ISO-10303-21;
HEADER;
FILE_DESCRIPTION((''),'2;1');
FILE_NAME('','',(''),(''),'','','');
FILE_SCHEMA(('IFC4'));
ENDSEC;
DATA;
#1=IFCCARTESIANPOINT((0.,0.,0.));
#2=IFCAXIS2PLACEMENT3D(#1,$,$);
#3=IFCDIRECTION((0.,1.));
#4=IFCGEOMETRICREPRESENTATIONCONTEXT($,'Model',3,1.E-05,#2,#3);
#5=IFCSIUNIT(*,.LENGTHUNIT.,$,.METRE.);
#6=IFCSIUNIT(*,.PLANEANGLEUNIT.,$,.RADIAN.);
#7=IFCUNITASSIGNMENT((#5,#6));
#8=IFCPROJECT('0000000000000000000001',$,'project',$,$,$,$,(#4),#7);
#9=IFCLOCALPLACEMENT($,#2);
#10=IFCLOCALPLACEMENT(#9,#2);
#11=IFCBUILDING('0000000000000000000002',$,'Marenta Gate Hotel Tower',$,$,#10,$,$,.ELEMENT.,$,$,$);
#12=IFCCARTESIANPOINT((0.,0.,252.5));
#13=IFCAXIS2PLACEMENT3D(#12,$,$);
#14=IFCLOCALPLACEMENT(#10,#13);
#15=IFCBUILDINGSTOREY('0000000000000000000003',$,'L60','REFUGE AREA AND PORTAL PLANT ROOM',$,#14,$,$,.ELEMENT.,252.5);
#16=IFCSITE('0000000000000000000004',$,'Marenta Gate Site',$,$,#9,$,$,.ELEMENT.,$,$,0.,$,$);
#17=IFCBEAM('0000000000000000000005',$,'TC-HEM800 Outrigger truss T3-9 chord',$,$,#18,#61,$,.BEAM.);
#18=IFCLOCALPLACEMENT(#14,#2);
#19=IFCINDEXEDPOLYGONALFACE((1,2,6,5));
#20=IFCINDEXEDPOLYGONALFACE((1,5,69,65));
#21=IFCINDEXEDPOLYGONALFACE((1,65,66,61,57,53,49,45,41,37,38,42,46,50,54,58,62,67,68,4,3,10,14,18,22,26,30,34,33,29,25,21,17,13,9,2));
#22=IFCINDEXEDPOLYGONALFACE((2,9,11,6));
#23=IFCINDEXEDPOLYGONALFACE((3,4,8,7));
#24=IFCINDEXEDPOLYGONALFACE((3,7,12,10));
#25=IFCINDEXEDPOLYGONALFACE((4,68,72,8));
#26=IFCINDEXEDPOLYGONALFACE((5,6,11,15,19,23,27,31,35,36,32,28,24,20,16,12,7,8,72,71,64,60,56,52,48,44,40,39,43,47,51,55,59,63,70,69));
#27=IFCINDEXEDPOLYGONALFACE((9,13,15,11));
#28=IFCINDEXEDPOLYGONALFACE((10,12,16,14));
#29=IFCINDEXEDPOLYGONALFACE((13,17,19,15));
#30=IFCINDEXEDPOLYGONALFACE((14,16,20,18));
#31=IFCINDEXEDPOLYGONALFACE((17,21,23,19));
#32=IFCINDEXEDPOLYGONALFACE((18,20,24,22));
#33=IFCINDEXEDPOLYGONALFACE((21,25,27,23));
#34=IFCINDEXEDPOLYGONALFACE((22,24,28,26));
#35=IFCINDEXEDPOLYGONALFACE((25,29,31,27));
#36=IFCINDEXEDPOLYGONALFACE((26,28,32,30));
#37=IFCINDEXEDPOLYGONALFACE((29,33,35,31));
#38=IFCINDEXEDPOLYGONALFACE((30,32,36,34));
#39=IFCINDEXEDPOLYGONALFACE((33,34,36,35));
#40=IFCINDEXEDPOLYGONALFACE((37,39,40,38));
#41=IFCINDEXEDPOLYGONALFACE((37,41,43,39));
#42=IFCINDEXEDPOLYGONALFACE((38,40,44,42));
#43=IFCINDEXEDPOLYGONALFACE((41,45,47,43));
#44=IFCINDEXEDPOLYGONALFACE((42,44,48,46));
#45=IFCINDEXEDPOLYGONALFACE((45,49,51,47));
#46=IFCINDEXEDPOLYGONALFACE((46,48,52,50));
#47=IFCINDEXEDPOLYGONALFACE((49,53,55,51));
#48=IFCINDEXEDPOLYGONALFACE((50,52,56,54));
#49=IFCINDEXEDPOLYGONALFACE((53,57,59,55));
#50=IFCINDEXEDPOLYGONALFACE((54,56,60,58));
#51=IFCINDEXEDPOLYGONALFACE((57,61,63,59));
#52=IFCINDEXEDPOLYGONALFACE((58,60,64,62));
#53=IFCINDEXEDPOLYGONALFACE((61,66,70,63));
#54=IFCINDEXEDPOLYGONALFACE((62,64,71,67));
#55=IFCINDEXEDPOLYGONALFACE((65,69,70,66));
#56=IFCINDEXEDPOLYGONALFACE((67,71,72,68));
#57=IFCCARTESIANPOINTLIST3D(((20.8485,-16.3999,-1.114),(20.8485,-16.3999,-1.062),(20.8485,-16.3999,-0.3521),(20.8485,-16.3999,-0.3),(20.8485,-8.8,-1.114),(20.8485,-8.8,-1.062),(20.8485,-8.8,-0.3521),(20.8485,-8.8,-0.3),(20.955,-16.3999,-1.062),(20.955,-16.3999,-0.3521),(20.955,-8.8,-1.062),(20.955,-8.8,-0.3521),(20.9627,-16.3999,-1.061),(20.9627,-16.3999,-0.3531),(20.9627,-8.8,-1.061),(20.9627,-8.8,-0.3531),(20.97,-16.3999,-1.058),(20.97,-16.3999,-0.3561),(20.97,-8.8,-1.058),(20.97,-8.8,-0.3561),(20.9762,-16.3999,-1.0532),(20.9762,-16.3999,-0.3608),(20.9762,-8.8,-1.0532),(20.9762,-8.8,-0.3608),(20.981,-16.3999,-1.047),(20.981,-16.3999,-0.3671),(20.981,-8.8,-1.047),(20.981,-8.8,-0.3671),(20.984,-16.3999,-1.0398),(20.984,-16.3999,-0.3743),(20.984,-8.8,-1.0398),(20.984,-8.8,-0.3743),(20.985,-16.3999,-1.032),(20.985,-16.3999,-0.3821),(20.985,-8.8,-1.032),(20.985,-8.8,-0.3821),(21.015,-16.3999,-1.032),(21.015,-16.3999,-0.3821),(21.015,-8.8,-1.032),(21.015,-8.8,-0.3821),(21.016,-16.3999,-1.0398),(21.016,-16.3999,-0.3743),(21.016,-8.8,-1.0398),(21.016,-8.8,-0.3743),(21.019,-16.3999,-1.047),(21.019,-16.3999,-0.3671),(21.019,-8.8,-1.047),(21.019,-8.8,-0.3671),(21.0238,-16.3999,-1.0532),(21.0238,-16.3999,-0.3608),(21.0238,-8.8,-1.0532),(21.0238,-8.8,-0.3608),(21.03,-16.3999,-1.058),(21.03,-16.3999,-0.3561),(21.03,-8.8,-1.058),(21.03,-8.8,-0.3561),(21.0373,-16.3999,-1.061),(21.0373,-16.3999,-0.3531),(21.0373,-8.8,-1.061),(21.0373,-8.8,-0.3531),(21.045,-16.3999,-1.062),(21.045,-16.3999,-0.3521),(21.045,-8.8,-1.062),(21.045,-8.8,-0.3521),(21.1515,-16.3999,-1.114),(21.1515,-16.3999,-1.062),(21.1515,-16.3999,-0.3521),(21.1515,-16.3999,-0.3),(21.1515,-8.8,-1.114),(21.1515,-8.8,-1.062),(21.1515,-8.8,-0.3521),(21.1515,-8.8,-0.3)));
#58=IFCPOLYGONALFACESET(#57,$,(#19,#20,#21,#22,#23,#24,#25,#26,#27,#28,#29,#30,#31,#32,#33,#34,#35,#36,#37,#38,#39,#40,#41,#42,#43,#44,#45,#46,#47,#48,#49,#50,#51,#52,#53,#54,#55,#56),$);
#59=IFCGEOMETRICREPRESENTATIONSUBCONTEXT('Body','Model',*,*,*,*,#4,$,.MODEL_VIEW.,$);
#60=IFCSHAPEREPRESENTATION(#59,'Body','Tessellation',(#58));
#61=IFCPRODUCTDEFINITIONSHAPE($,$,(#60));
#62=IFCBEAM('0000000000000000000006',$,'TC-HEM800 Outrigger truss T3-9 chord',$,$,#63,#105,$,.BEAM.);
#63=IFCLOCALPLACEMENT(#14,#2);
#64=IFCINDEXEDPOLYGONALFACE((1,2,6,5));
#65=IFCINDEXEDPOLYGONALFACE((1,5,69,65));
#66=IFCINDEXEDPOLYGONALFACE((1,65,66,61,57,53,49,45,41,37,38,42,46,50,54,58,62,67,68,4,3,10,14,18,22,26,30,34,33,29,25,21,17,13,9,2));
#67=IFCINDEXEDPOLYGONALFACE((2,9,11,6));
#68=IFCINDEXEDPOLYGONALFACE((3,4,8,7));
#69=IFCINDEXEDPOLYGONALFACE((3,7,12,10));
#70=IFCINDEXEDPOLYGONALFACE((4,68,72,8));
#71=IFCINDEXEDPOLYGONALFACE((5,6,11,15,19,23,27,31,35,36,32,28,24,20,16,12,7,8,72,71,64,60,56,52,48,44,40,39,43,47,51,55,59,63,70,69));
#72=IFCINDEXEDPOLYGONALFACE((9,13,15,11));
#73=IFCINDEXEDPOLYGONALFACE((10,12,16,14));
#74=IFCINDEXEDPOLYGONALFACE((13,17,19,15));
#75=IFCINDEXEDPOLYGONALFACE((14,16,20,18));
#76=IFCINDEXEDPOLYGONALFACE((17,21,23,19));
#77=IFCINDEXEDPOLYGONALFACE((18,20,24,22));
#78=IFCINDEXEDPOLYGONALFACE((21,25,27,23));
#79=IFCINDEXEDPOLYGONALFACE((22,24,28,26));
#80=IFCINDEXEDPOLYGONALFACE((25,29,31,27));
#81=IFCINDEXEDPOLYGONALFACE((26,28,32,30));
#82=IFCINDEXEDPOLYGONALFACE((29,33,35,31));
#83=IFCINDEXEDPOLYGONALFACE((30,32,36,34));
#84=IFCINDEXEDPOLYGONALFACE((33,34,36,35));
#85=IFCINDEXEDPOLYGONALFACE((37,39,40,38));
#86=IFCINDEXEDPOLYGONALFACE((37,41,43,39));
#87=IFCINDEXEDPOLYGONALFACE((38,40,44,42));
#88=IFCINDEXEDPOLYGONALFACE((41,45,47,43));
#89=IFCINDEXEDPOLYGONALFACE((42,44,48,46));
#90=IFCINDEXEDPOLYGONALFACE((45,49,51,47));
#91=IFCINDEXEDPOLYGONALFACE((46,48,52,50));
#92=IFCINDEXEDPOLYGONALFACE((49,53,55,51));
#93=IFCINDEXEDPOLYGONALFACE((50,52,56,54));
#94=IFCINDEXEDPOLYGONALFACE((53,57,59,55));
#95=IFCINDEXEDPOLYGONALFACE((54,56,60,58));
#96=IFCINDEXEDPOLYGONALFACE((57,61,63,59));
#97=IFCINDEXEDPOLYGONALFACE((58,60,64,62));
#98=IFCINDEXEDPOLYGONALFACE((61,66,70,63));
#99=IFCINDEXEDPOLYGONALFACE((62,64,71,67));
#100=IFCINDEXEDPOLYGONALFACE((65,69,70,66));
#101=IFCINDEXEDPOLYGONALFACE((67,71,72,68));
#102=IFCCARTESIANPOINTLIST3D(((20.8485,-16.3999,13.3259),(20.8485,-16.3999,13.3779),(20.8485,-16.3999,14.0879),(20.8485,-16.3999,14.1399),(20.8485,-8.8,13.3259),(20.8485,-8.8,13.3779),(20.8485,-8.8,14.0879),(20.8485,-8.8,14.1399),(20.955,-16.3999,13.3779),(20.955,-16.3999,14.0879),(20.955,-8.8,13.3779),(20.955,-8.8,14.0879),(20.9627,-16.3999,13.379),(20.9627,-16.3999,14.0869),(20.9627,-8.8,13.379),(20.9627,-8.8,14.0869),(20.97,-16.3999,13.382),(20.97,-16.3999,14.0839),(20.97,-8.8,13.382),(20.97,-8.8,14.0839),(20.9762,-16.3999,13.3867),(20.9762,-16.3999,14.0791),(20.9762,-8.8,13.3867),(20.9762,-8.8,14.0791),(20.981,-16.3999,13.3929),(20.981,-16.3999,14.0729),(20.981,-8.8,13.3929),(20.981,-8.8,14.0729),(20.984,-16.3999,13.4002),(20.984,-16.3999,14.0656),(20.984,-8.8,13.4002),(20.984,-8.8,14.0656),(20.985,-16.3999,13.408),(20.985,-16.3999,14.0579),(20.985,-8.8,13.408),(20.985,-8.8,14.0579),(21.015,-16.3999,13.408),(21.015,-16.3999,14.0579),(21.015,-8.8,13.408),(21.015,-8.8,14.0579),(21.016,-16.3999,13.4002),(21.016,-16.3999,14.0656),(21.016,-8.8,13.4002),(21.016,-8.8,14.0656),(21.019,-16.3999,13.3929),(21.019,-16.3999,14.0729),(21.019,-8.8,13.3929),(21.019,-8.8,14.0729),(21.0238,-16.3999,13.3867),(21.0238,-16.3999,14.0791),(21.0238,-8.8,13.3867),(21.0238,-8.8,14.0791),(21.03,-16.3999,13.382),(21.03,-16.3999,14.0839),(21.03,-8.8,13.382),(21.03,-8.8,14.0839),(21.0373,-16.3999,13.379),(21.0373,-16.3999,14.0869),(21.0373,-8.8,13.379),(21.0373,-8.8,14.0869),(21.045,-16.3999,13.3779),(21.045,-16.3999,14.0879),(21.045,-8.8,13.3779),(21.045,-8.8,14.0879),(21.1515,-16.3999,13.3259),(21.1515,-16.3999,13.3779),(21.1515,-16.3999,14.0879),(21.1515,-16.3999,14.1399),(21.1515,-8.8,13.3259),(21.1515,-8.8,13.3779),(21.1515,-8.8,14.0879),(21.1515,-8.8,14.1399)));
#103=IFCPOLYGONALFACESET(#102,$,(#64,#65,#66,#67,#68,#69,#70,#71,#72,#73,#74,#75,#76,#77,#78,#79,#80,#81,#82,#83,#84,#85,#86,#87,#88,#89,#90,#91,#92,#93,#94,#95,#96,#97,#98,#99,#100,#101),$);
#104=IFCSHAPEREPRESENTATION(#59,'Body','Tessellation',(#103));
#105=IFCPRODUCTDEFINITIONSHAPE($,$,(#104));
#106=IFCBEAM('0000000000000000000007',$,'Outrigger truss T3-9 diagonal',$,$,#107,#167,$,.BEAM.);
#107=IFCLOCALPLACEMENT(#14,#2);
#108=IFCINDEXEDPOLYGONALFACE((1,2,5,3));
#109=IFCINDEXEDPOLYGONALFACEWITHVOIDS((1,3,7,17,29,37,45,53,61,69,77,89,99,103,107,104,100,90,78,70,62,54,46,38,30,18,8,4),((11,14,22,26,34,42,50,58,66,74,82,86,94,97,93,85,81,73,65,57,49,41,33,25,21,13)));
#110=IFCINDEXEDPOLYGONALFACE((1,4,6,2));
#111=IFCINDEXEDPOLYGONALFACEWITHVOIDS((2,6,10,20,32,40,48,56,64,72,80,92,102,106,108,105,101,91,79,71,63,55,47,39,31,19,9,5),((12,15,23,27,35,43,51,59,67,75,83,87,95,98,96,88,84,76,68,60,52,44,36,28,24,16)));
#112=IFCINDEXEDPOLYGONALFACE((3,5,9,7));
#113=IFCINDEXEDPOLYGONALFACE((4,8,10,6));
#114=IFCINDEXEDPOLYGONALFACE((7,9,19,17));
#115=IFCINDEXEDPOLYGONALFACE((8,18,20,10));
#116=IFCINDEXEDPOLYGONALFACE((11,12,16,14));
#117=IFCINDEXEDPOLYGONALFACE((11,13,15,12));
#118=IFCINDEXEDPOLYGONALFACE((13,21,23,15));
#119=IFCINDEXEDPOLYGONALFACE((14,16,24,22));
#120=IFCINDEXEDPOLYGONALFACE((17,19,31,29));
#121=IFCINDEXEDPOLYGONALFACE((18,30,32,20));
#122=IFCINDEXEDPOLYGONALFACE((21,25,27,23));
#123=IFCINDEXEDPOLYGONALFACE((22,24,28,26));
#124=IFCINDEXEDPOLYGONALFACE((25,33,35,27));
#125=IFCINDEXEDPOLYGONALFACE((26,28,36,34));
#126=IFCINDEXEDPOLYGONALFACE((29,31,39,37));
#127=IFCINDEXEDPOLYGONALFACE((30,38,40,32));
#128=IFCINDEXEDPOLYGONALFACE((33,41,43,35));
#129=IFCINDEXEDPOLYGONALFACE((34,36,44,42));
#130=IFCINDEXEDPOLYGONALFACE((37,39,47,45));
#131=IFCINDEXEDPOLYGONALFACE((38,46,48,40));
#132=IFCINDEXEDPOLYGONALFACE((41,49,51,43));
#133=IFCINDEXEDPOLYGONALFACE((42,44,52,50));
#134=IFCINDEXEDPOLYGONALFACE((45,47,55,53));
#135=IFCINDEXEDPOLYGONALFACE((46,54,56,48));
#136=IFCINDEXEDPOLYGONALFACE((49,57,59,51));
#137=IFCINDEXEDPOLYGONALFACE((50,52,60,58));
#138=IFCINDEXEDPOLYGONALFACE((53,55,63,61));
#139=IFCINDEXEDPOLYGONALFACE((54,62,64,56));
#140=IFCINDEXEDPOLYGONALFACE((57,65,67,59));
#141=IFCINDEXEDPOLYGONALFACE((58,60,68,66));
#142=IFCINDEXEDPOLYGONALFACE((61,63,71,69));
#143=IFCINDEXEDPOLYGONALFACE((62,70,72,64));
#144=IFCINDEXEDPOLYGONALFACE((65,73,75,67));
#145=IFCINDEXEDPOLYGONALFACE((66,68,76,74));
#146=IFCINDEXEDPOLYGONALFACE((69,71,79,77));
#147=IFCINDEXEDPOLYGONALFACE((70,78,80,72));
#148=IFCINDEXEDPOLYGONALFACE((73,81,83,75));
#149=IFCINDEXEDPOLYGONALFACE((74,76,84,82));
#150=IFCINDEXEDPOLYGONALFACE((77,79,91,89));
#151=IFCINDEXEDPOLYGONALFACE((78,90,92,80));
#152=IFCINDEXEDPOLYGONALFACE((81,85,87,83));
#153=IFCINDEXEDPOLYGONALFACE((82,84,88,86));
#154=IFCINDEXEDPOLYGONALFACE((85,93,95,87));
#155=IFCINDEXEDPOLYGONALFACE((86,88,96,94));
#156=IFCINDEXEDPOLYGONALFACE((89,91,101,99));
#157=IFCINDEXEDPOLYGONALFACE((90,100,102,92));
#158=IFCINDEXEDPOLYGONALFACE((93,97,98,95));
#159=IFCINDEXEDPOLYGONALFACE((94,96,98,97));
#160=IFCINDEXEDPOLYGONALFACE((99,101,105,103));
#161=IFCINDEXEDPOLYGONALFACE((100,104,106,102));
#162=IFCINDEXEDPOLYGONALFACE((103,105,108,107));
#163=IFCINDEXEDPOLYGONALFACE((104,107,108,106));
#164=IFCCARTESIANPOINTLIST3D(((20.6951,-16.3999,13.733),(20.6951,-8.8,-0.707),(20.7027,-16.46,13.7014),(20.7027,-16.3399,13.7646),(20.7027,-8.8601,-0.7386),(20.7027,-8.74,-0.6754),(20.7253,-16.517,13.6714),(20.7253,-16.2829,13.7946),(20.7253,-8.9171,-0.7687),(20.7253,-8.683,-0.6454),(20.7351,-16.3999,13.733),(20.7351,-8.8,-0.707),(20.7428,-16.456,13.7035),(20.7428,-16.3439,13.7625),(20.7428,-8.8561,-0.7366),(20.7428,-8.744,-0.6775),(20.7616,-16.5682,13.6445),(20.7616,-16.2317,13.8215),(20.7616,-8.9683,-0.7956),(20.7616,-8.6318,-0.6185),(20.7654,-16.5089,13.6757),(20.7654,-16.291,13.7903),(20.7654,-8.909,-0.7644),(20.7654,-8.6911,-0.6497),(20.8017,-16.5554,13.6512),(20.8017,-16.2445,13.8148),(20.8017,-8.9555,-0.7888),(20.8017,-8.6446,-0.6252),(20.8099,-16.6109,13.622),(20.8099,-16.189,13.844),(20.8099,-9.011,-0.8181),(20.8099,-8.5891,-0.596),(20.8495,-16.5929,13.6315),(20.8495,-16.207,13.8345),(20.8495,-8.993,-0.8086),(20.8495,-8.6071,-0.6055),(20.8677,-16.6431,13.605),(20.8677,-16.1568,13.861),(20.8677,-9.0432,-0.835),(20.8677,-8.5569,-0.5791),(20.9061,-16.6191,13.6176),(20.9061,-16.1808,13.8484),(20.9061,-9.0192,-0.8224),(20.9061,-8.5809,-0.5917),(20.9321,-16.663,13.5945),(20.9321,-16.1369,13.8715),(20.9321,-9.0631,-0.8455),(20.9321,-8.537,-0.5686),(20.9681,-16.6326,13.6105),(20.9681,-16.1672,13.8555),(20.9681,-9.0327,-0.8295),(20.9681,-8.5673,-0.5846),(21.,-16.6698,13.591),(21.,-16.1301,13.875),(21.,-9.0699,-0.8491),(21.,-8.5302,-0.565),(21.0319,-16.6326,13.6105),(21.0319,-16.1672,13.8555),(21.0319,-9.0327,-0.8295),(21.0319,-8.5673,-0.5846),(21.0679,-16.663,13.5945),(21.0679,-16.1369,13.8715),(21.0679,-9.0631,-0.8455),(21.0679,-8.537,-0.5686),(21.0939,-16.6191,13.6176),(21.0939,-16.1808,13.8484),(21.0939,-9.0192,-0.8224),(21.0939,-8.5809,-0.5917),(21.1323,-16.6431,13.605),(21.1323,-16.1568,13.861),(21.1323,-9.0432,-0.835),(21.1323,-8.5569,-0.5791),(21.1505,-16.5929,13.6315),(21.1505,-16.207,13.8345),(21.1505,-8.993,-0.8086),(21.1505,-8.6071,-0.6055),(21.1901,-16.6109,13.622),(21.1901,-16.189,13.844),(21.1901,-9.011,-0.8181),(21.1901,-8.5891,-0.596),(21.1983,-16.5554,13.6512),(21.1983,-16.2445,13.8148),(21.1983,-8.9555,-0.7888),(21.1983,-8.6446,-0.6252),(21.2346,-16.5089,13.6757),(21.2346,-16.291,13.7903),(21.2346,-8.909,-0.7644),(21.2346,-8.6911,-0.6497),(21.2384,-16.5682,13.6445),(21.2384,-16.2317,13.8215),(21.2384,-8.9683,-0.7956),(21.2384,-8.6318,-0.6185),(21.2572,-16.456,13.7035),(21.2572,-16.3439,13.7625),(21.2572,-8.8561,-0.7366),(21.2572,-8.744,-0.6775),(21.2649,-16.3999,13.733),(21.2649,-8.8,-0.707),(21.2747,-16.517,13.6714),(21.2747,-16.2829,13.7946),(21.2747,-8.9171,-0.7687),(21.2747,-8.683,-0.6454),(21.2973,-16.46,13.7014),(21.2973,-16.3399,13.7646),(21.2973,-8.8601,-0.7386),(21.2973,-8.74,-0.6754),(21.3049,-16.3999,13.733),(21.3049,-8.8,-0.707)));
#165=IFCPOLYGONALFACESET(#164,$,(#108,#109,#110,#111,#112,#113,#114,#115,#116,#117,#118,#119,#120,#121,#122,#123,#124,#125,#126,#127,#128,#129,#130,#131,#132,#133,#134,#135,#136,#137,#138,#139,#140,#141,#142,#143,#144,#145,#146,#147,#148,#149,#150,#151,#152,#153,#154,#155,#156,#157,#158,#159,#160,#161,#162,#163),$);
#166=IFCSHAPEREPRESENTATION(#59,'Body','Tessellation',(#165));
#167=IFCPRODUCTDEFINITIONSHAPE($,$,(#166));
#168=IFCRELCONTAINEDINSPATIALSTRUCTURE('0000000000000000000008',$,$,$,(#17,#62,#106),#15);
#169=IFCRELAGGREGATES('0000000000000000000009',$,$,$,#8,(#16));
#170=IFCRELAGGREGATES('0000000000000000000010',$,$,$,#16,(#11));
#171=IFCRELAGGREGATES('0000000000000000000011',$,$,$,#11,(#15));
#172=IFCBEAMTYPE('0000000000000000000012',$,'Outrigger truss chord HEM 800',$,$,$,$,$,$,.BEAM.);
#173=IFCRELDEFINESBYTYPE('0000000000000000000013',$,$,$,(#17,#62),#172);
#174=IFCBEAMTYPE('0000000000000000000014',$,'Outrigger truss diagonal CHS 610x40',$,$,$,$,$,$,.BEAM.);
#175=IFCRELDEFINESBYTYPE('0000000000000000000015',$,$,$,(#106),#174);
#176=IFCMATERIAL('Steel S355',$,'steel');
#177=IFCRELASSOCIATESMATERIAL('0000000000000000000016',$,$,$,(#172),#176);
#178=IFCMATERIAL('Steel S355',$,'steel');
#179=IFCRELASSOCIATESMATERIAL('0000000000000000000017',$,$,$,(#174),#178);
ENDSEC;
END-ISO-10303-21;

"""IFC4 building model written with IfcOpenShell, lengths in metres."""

from ifc_helpers import new_model, si_unit, direction, frame, origin, origin_2d, place, context, subcontext, project, spatial, hollow_circle, i_section, extrude, material, material_profile, profile_set, type_object, element, save


model = new_model("IFC4")

# Units and contexts
model_context = context("Model", 3, precision=1e-05, world=origin(), true_north=direction((0.0, 1.0)))
body_context = subcontext(model_context, "Body", "Model", "MODEL_VIEW")
ifc_project = project(units=[si_unit("LENGTHUNIT", "METRE"), si_unit("PLANEANGLEUNIT", "RADIAN")], contexts=[model_context])

# Site, building, storey
site_placement = place(None, origin())
site = spatial("IfcSite", under=ifc_project, at=site_placement, Name="Marenta Gate Site", CompositionType="ELEMENT", RefElevation=0.0)
building_placement = place(site_placement, origin())
building = spatial("IfcBuilding", under=site, at=building_placement, Name="Marenta Gate Hotel Tower", CompositionType="ELEMENT")
storey_placement = place(building_placement, frame((0.0, 0.0, 252.5)))
storey = spatial("IfcBuildingStorey", under=building, at=storey_placement, Name="L60", Description="REFUGE AREA AND PORTAL PLANT ROOM", CompositionType="ELEMENT", Elevation=252.5)

# Beams
ifc_material_1 = material(Name="Steel S355", Category="steel")
ifc_material_profile_1 = material_profile(ifc_material_1, i_section(OverallWidth=0.303, OverallDepth=0.814, WebThickness=0.03, FlangeThickness=0.052, FilletRadius=0.03, at=origin_2d()), Name="HEM 800")
ifc_profile_set_1 = profile_set([ifc_material_profile_1], Name="Steel S355")
beam_type_1 = type_object("IfcBeamType", Name="Outrigger truss chord HEM 800", PredefinedType="BEAM", material=ifc_profile_set_1)
for number, where, z_axis, x_axis, name in (
    (1, (21.0, -8.8, -0.707), (0.0, -1.0, 0.0), (1.0, 0.0, 0.0), "TC-HEM800 Outrigger truss T3-9 chord"),
    (2, (21.0, -8.8, 13.7329), (0.0, -1.0, 0.0), (1.0, 0.0, 0.0), "TC-HEM800 Outrigger truss T3-9 chord"),
):
    element("IfcBeam", number, at=place(storey_placement, frame(where, z_axis=z_axis, x_axis=x_axis)), inside=storey, type_object=beam_type_1, Name=name, PredefinedType="BEAM", context=body_context, shape_type="SweptSolid", body=[
        extrude(i_section(OverallWidth=0.303, OverallDepth=0.814, WebThickness=0.03, FlangeThickness=0.052, FilletRadius=0.03, at=origin_2d()), origin(), (0.0, 0.0, 1.0), 7.5999),
    ])
ifc_material_2 = material(Name="Steel S355", Category="steel")
ifc_material_profile_2 = material_profile(ifc_material_2, hollow_circle(Radius=0.3049, WallThickness=0.04, at=origin_2d()), Name="CHS 610x40")
ifc_profile_set_2 = profile_set([ifc_material_profile_2], Name="Steel S355")
beam_type_2 = type_object("IfcBeamType", Name="Outrigger truss diagonal CHS 610x40", PredefinedType="BEAM", material=ifc_profile_set_2)
beam_1_placement = place(storey_placement, frame((21.0, -8.8, -0.707), z_axis=(0.0, -0.465741, 0.884921), x_axis=(1.0, 0.0, 0.0)))
element("IfcBeam", 3, at=beam_1_placement, inside=storey, type_object=beam_type_2, Name="Outrigger truss T3-9 diagonal", PredefinedType="BEAM", context=body_context, shape_type="SweptSolid", body=[
    extrude(hollow_circle(Radius=0.3049, WallThickness=0.04, at=origin_2d()), origin(), (0.0, 0.0, 1.0), 16.3179),
])

save(model, "model.ifc")
